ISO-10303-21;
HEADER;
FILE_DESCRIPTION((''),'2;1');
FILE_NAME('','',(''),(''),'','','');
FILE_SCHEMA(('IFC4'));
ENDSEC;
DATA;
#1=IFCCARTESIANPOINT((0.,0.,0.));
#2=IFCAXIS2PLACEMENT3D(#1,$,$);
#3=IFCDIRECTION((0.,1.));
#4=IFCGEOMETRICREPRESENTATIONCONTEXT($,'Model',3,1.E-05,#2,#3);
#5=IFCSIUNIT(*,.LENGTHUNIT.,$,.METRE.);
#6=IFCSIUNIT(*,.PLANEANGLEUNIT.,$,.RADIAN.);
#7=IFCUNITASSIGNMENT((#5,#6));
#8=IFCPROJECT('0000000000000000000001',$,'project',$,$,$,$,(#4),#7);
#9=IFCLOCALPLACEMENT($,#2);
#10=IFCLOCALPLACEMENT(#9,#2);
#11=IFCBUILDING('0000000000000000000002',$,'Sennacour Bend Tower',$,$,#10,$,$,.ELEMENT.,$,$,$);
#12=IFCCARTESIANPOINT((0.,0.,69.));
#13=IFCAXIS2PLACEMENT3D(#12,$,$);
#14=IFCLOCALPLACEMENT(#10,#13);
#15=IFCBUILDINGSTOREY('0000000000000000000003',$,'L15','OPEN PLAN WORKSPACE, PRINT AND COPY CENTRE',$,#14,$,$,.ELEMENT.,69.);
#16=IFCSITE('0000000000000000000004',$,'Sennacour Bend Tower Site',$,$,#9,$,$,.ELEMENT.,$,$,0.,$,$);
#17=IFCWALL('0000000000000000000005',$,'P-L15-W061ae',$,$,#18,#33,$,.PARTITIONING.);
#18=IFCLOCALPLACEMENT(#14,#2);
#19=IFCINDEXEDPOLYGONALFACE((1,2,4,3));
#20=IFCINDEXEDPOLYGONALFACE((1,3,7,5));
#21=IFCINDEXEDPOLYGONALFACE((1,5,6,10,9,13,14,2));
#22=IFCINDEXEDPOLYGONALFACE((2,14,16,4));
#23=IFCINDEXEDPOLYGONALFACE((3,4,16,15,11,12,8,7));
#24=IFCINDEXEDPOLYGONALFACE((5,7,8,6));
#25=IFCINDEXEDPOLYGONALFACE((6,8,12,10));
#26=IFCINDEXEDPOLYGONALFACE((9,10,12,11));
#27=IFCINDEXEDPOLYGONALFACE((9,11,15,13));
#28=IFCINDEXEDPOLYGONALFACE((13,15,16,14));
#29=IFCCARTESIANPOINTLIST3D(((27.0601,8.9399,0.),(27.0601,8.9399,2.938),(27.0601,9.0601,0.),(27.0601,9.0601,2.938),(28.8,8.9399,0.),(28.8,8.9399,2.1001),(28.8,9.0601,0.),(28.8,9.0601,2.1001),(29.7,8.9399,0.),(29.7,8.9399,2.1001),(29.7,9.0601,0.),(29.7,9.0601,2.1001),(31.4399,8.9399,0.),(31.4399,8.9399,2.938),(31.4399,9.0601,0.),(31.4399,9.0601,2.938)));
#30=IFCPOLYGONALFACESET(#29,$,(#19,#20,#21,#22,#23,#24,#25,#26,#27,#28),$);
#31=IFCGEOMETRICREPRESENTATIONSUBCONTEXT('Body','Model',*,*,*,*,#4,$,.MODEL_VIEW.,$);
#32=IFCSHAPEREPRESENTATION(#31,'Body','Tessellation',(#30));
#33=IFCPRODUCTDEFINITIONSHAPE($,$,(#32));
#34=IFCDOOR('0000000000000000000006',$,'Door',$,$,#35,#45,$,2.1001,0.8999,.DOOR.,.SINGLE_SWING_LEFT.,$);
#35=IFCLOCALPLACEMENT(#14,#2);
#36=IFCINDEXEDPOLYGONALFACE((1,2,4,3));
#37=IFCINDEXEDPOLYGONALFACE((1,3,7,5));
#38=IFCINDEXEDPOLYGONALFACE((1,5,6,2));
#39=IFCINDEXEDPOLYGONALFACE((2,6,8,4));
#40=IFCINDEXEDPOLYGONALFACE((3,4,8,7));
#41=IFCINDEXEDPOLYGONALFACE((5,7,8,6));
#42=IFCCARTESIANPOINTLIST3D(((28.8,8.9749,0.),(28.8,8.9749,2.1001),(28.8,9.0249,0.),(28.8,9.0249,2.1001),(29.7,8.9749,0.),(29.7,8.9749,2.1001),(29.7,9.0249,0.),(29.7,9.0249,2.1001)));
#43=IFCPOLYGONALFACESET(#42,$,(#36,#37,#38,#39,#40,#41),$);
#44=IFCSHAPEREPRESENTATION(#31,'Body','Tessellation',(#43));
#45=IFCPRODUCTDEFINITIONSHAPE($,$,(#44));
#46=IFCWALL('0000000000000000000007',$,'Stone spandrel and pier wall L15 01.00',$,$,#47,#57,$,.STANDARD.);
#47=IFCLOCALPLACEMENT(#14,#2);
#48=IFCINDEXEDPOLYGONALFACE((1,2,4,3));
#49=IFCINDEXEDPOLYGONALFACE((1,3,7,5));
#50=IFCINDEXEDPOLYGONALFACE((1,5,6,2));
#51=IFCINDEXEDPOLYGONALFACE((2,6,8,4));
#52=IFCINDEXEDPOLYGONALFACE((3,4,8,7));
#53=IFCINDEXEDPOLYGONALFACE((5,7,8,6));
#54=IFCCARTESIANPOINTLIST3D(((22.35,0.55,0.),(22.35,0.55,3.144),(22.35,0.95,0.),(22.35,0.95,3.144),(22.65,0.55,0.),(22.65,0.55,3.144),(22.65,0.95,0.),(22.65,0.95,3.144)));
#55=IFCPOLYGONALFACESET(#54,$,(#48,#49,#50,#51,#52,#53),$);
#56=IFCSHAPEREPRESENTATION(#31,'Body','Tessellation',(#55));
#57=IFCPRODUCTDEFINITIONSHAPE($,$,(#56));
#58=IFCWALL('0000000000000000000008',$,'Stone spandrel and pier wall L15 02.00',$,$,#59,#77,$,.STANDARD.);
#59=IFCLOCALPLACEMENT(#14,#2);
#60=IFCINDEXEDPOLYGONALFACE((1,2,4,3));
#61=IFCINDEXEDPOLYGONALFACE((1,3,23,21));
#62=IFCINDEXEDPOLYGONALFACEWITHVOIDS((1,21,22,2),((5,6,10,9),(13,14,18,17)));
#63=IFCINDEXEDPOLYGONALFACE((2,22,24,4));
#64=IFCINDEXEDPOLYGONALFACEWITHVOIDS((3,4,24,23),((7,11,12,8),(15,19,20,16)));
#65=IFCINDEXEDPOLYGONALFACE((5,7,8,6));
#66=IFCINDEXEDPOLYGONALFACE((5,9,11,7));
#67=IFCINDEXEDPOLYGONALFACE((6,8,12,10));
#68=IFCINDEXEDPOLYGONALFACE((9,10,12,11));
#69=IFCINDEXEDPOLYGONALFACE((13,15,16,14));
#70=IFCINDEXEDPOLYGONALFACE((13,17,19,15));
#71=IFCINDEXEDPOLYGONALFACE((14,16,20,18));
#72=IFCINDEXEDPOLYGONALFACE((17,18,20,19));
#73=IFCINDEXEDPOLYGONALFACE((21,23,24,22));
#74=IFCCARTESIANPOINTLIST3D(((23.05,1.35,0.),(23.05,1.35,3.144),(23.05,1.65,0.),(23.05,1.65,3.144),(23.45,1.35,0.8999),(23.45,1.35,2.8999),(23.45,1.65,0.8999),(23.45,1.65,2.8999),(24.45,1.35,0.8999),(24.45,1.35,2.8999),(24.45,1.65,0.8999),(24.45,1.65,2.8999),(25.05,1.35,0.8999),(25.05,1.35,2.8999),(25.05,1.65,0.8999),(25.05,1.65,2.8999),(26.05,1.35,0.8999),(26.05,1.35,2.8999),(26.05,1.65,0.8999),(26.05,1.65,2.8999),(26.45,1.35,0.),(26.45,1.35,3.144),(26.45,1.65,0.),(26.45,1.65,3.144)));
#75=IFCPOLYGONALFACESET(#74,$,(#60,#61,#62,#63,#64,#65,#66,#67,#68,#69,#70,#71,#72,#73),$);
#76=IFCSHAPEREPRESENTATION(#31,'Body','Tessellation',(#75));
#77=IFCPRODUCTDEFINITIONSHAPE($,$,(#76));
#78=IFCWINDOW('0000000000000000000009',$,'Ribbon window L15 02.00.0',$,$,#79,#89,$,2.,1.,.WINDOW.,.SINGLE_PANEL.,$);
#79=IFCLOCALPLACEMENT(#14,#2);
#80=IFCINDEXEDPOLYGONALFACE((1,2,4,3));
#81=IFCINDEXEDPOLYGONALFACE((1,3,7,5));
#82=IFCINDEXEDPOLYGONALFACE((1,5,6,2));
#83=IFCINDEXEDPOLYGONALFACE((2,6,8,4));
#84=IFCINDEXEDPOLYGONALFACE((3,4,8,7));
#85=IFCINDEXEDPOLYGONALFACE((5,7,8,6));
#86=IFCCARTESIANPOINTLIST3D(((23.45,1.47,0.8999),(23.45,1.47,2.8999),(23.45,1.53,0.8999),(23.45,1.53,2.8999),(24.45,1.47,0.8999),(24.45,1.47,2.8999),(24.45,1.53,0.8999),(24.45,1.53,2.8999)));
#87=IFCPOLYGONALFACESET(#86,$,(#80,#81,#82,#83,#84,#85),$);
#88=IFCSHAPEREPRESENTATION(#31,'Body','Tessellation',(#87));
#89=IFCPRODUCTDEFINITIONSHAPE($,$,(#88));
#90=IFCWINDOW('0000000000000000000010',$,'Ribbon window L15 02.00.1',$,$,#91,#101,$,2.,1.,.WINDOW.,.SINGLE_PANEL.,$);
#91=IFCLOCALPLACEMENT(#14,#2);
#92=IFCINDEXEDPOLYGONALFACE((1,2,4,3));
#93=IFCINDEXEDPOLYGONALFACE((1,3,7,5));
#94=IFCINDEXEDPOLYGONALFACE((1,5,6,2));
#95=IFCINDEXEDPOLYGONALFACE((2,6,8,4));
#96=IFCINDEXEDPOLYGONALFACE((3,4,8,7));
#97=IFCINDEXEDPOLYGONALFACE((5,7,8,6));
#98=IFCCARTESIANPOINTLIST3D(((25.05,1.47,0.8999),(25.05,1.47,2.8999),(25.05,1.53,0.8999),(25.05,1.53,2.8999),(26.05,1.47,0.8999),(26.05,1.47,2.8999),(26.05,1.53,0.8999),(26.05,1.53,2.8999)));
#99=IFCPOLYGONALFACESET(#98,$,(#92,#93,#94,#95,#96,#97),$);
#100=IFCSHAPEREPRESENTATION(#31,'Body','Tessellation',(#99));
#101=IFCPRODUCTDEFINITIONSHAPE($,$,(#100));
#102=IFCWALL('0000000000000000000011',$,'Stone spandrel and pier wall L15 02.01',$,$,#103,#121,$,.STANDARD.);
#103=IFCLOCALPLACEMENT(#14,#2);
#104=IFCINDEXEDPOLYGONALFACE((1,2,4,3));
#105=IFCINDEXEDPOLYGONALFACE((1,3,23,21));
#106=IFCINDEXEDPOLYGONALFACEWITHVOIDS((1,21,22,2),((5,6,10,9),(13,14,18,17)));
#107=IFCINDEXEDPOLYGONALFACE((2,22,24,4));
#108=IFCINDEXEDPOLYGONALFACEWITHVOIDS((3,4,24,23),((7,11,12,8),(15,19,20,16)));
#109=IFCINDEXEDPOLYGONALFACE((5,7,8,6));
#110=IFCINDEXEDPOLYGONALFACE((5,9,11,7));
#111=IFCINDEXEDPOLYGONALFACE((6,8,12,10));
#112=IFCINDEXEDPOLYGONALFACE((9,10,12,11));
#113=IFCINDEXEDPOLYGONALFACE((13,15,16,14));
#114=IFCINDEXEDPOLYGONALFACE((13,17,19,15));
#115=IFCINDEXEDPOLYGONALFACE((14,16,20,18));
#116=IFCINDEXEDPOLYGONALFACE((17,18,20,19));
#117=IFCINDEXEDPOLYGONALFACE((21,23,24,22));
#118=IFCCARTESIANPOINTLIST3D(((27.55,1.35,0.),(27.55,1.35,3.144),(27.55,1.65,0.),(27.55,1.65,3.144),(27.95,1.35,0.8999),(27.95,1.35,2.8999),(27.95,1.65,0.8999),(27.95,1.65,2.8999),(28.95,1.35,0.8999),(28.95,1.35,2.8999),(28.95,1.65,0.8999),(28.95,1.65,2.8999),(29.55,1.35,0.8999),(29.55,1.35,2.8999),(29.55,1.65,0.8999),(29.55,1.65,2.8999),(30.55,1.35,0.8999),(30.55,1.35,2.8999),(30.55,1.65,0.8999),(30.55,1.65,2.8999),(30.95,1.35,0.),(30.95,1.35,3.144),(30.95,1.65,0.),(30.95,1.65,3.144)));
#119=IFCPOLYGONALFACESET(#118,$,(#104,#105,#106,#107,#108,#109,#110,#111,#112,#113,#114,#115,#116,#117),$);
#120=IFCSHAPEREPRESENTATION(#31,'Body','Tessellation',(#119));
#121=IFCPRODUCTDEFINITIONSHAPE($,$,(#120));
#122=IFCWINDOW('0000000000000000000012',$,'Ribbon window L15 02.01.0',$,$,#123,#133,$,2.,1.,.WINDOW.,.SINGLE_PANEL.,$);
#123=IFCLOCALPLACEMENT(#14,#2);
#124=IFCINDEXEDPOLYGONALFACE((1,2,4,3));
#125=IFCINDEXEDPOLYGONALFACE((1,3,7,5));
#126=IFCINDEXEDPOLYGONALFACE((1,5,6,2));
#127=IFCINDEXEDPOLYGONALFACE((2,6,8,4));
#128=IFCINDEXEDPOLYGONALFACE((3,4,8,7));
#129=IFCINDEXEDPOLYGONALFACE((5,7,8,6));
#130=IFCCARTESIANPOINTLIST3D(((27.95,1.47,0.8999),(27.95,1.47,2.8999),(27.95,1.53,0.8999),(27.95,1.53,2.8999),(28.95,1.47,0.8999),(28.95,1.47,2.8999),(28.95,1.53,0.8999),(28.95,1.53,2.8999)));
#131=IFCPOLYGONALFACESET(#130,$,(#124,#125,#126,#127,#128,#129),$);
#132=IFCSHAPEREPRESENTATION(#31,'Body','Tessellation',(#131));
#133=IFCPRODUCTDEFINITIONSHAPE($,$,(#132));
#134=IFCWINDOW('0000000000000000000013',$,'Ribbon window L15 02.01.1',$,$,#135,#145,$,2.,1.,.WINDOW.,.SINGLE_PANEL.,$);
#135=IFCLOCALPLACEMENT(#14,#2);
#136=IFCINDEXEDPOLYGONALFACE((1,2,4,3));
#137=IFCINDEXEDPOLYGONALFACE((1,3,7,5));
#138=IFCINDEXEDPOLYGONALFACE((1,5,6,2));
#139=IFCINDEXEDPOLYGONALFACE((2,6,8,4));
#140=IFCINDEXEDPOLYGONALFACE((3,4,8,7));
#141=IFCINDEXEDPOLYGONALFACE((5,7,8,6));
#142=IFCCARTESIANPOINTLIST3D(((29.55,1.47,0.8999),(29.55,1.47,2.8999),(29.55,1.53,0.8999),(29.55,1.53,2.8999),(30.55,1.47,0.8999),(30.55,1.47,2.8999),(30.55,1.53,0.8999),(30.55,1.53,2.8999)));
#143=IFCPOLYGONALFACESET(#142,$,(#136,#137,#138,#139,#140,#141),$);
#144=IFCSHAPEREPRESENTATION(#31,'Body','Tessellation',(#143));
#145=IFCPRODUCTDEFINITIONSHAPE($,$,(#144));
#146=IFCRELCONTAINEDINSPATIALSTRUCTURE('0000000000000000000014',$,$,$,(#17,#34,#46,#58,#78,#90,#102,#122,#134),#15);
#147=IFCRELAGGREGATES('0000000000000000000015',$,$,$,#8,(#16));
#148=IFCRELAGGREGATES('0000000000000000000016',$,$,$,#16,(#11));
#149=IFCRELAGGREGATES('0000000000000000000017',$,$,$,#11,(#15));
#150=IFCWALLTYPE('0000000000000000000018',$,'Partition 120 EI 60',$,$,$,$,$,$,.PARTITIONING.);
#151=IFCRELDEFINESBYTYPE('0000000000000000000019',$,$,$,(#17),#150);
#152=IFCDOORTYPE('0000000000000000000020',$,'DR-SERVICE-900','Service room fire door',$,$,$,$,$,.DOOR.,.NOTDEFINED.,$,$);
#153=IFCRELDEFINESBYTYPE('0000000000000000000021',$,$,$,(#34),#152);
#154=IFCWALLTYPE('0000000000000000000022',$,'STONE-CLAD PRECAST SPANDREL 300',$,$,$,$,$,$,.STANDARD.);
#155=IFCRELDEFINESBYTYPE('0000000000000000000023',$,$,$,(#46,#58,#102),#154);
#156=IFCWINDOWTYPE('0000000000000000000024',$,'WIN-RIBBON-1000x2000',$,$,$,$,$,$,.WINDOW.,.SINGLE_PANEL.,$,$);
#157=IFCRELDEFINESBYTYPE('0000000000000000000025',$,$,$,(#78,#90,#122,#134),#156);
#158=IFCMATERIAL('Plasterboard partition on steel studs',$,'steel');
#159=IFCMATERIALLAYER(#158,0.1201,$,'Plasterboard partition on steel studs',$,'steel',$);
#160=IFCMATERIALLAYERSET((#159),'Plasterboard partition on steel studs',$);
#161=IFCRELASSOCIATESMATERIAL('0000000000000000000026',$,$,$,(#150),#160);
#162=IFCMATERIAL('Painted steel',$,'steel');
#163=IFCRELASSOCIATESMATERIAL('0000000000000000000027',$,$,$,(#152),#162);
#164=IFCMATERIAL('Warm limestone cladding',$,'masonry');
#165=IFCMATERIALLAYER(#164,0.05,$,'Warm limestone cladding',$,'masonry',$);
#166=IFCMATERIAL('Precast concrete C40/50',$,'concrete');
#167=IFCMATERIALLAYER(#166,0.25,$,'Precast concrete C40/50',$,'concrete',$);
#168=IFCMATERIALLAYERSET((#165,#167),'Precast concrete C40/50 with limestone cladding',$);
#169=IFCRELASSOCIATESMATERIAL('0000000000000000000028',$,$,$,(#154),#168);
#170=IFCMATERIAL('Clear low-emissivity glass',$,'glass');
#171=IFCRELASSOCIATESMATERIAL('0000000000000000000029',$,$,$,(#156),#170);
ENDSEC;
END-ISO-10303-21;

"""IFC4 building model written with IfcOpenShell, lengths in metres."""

from ifc_helpers import new_model, si_unit, direction, frame, frame_2d, origin, place, context, subcontext, project, spatial, rectangle, extrude, material, layer, layer_set, type_object, element, fill, save


model = new_model("IFC4")

# Units and contexts
model_context = context("Model", 3, precision=1e-05, world=origin(), true_north=direction((0.0, 1.0)))
body_context = subcontext(model_context, "Body", "Model", "MODEL_VIEW")
ifc_project = project(units=[si_unit("LENGTHUNIT", "METRE"), si_unit("PLANEANGLEUNIT", "RADIAN")], contexts=[model_context])

# Site, building, storey
site_placement = place(None, origin())
site = spatial("IfcSite", under=ifc_project, at=site_placement, Name="Sennacour Bend Tower Site", CompositionType="ELEMENT", RefElevation=0.0)
building_placement = place(site_placement, origin())
building = spatial("IfcBuilding", under=site, at=building_placement, Name="Sennacour Bend Tower", CompositionType="ELEMENT")
storey_placement = place(building_placement, frame((0.0, 0.0, 69.0)))
storey = spatial("IfcBuildingStorey", under=building, at=storey_placement, Name="L15", Description="OPEN PLAN WORKSPACE, PRINT AND COPY CENTRE", CompositionType="ELEMENT", Elevation=69.0)

# Shared definitions
ifc_material_1 = material(Name="Plasterboard partition on steel studs", Category="steel")

# Wall, opening, door
ifc_layer_1 = layer(ifc_material_1, 0.1201, Name="Plasterboard partition on steel studs", Category="steel")
ifc_layer_set_1 = layer_set([ifc_layer_1], Name="Plasterboard partition on steel studs")
wall_type_1 = type_object("IfcWallType", Name="Partition 120 EI 60", PredefinedType="PARTITIONING", material=ifc_layer_set_1)
wall_1_placement = place(storey_placement, frame((27.0601, 9.0, 0.0), z_axis=(0.0, 0.0, 1.0), x_axis=(1.0, 0.0, 0.0)))
wall_1 = element("IfcWall", 1, at=wall_1_placement, inside=storey, type_object=wall_type_1, Name="P-L15-W061ae", PredefinedType="PARTITIONING", context=body_context, shape_type="SweptSolid", body=[
    extrude(rectangle(XDim=4.3799, YDim=0.1201, at=frame_2d((2.1899, 0.0))), origin(), (0.0, 0.0, 1.0), 2.938),
])
opening_1_placement = place(wall_1_placement, frame((1.74, 0.0, 0.0)))
opening_1 = element("IfcOpeningElement", 2, at=opening_1_placement, cuts=wall_1, PredefinedType="OPENING", context=body_context, shape_type="SweptSolid", body=[
    extrude(rectangle(XDim=0.8999, YDim=2.1001, at=frame_2d((0.45, 1.05))), frame((0.0, 0.0701, 0.0), z_axis=(0.0, -1.0, 0.0), x_axis=(1.0, 0.0, 0.0)), (0.0, 0.0, 1.0), 0.1401),
])
ifc_material_2 = material(Name="Painted steel", Category="steel")
door_type_1 = type_object("IfcDoorType", Name="DR-SERVICE-900", Description="Service room fire door", OperationType="NOTDEFINED", PredefinedType="DOOR", material=ifc_material_2)
door_1_placement = place(opening_1_placement, origin())
door_1 = element("IfcDoor", 3, at=door_1_placement, inside=storey, type_object=door_type_1, Name="Door", OperationType="SINGLE_SWING_LEFT", OverallHeight=2.1001, OverallWidth=0.8999, PredefinedType="DOOR", context=body_context, shape_type="SweptSolid", body=[
    extrude(rectangle(XDim=0.8999, YDim=2.1001, at=frame_2d((0.45, 1.05))), frame((0.0, 0.0249, 0.0), z_axis=(0.0, -1.0, 0.0), x_axis=(1.0, 0.0, 0.0)), (0.0, 0.0, 1.0), 0.05),
])
fill(opening_1, door_1)

# Wall
ifc_material_3 = material(Name="Warm limestone cladding", Category="masonry")
ifc_layer_2 = layer(ifc_material_3, 0.05, Name="Warm limestone cladding", Category="masonry")
ifc_material_4 = material(Name="Precast concrete C40/50", Category="concrete")
ifc_layer_3 = layer(ifc_material_4, 0.25, Name="Precast concrete C40/50", Category="concrete")
ifc_layer_set_2 = layer_set([ifc_layer_2, ifc_layer_3], Name="Precast concrete C40/50 with limestone cladding")
wall_type_2 = type_object("IfcWallType", Name="STONE-CLAD PRECAST SPANDREL 300", PredefinedType="STANDARD", material=ifc_layer_set_2)
wall_2_placement = place(storey_placement, frame((22.5, 0.55, 0.0), z_axis=(0.0, 0.0, 1.0), x_axis=(0.0, 1.0, 0.0)))
element("IfcWall", 4, at=wall_2_placement, inside=storey, type_object=wall_type_2, Name="Stone spandrel and pier wall L15 01.00", PredefinedType="STANDARD", context=body_context, shape_type="SweptSolid", body=[
    extrude(rectangle(XDim=0.3999, YDim=0.3, at=frame_2d((0.2, 0.0))), origin(), (0.0, 0.0, 1.0), 3.144),
])

# Walls, openings, windows
wall_3_placement = place(storey_placement, frame((23.05, 1.5, 0.0), z_axis=(0.0, 0.0, 1.0), x_axis=(1.0, 0.0, 0.0)))
wall_3 = element("IfcWall", 5, at=wall_3_placement, inside=storey, type_object=wall_type_2, Name="Stone spandrel and pier wall L15 02.00", PredefinedType="STANDARD", context=body_context, shape_type="SweptSolid", body=[
    extrude(rectangle(XDim=3.3999, YDim=0.3, at=frame_2d((1.7, 0.0))), origin(), (0.0, 0.0, 1.0), 3.144),
])
opening_2_placement = place(wall_3_placement, frame((0.3999, 0.0, 0.8999)))
opening_2 = element("IfcOpeningElement", 6, at=opening_2_placement, cuts=wall_3, PredefinedType="OPENING", context=body_context, shape_type="SweptSolid", body=[
    extrude(rectangle(XDim=1.0, YDim=2.0, at=frame_2d((0.5, 1.0))), frame((0.0, 0.1602, 0.0), z_axis=(0.0, -1.0, 0.0), x_axis=(1.0, 0.0, 0.0)), (0.0, 0.0, 1.0), 0.3201),
])
opening_3_placement = place(wall_3_placement, frame((2.0, 0.0, 0.8999)))
opening_3 = element("IfcOpeningElement", 7, at=opening_3_placement, cuts=wall_3, PredefinedType="OPENING", context=body_context, shape_type="SweptSolid", body=[
    extrude(rectangle(XDim=1.0, YDim=2.0, at=frame_2d((0.5, 1.0))), frame((0.0, 0.1602, 0.0), z_axis=(0.0, -1.0, 0.0), x_axis=(1.0, 0.0, 0.0)), (0.0, 0.0, 1.0), 0.3201),
])
ifc_material_5 = material(Name="Clear low-emissivity glass", Category="glass")
window_type = type_object("IfcWindowType", Name="WIN-RIBBON-1000x2000", PartitioningType="SINGLE_PANEL", PredefinedType="WINDOW", material=ifc_material_5)
window_1_placement = place(opening_2_placement, origin())
window_1 = element("IfcWindow", 8, at=window_1_placement, inside=storey, type_object=window_type, Name="Ribbon window L15 02.00.0", OverallHeight=2.0, OverallWidth=1.0, PartitioningType="SINGLE_PANEL", PredefinedType="WINDOW", context=body_context, shape_type="SweptSolid", body=[
    extrude(rectangle(XDim=1.0, YDim=2.0, at=frame_2d((0.5, 1.0))), frame((0.0, 0.03, 0.0), z_axis=(0.0, -1.0, 0.0), x_axis=(1.0, 0.0, 0.0)), (0.0, 0.0, 1.0), 0.0601),
])
fill(opening_2, window_1)
window_2_placement = place(opening_3_placement, origin())
window_2 = element("IfcWindow", 9, at=window_2_placement, inside=storey, type_object=window_type, Name="Ribbon window L15 02.00.1", OverallHeight=2.0, OverallWidth=1.0, PartitioningType="SINGLE_PANEL", PredefinedType="WINDOW", context=body_context, shape_type="SweptSolid", body=[
    extrude(rectangle(XDim=1.0, YDim=2.0, at=frame_2d((0.5, 1.0))), frame((0.0, 0.03, 0.0), z_axis=(0.0, -1.0, 0.0), x_axis=(1.0, 0.0, 0.0)), (0.0, 0.0, 1.0), 0.0601),
])
fill(opening_3, window_2)
wall_4_placement = place(storey_placement, frame((27.55, 1.5, 0.0), z_axis=(0.0, 0.0, 1.0), x_axis=(1.0, 0.0, 0.0)))
wall_4 = element("IfcWall", 10, at=wall_4_placement, inside=storey, type_object=wall_type_2, Name="Stone spandrel and pier wall L15 02.01", PredefinedType="STANDARD", context=body_context, shape_type="SweptSolid", body=[
    extrude(rectangle(XDim=3.3999, YDim=0.3, at=frame_2d((1.7, 0.0))), origin(), (0.0, 0.0, 1.0), 3.144),
])
opening_4_placement = place(wall_4_placement, frame((0.3999, 0.0, 0.8999)))
opening_4 = element("IfcOpeningElement", 11, at=opening_4_placement, cuts=wall_4, PredefinedType="OPENING", context=body_context, shape_type="SweptSolid", body=[
    extrude(rectangle(XDim=1.0, YDim=2.0, at=frame_2d((0.5, 1.0))), frame((0.0, 0.1602, 0.0), z_axis=(0.0, -1.0, 0.0), x_axis=(1.0, 0.0, 0.0)), (0.0, 0.0, 1.0), 0.3201),
])
opening_5_placement = place(wall_4_placement, frame((2.0, 0.0, 0.8999)))
opening_5 = element("IfcOpeningElement", 12, at=opening_5_placement, cuts=wall_4, PredefinedType="OPENING", context=body_context, shape_type="SweptSolid", body=[
    extrude(rectangle(XDim=1.0, YDim=2.0, at=frame_2d((0.5, 1.0))), frame((0.0, 0.1602, 0.0), z_axis=(0.0, -1.0, 0.0), x_axis=(1.0, 0.0, 0.0)), (0.0, 0.0, 1.0), 0.3201),
])
window_3_placement = place(opening_4_placement, origin())
window_3 = element("IfcWindow", 13, at=window_3_placement, inside=storey, type_object=window_type, Name="Ribbon window L15 02.01.0", OverallHeight=2.0, OverallWidth=1.0, PartitioningType="SINGLE_PANEL", PredefinedType="WINDOW", context=body_context, shape_type="SweptSolid", body=[
    extrude(rectangle(XDim=1.0, YDim=2.0, at=frame_2d((0.5, 1.0))), frame((0.0, 0.03, 0.0), z_axis=(0.0, -1.0, 0.0), x_axis=(1.0, 0.0, 0.0)), (0.0, 0.0, 1.0), 0.0601),
])
fill(opening_4, window_3)
window_4_placement = place(opening_5_placement, origin())
window_4 = element("IfcWindow", 14, at=window_4_placement, inside=storey, type_object=window_type, Name="Ribbon window L15 02.01.1", OverallHeight=2.0, OverallWidth=1.0, PartitioningType="SINGLE_PANEL", PredefinedType="WINDOW", context=body_context, shape_type="SweptSolid", body=[
    extrude(rectangle(XDim=1.0, YDim=2.0, at=frame_2d((0.5, 1.0))), frame((0.0, 0.03, 0.0), z_axis=(0.0, -1.0, 0.0), x_axis=(1.0, 0.0, 0.0)), (0.0, 0.0, 1.0), 0.0601),
])
fill(opening_5, window_4)

save(model, "model.ifc")
